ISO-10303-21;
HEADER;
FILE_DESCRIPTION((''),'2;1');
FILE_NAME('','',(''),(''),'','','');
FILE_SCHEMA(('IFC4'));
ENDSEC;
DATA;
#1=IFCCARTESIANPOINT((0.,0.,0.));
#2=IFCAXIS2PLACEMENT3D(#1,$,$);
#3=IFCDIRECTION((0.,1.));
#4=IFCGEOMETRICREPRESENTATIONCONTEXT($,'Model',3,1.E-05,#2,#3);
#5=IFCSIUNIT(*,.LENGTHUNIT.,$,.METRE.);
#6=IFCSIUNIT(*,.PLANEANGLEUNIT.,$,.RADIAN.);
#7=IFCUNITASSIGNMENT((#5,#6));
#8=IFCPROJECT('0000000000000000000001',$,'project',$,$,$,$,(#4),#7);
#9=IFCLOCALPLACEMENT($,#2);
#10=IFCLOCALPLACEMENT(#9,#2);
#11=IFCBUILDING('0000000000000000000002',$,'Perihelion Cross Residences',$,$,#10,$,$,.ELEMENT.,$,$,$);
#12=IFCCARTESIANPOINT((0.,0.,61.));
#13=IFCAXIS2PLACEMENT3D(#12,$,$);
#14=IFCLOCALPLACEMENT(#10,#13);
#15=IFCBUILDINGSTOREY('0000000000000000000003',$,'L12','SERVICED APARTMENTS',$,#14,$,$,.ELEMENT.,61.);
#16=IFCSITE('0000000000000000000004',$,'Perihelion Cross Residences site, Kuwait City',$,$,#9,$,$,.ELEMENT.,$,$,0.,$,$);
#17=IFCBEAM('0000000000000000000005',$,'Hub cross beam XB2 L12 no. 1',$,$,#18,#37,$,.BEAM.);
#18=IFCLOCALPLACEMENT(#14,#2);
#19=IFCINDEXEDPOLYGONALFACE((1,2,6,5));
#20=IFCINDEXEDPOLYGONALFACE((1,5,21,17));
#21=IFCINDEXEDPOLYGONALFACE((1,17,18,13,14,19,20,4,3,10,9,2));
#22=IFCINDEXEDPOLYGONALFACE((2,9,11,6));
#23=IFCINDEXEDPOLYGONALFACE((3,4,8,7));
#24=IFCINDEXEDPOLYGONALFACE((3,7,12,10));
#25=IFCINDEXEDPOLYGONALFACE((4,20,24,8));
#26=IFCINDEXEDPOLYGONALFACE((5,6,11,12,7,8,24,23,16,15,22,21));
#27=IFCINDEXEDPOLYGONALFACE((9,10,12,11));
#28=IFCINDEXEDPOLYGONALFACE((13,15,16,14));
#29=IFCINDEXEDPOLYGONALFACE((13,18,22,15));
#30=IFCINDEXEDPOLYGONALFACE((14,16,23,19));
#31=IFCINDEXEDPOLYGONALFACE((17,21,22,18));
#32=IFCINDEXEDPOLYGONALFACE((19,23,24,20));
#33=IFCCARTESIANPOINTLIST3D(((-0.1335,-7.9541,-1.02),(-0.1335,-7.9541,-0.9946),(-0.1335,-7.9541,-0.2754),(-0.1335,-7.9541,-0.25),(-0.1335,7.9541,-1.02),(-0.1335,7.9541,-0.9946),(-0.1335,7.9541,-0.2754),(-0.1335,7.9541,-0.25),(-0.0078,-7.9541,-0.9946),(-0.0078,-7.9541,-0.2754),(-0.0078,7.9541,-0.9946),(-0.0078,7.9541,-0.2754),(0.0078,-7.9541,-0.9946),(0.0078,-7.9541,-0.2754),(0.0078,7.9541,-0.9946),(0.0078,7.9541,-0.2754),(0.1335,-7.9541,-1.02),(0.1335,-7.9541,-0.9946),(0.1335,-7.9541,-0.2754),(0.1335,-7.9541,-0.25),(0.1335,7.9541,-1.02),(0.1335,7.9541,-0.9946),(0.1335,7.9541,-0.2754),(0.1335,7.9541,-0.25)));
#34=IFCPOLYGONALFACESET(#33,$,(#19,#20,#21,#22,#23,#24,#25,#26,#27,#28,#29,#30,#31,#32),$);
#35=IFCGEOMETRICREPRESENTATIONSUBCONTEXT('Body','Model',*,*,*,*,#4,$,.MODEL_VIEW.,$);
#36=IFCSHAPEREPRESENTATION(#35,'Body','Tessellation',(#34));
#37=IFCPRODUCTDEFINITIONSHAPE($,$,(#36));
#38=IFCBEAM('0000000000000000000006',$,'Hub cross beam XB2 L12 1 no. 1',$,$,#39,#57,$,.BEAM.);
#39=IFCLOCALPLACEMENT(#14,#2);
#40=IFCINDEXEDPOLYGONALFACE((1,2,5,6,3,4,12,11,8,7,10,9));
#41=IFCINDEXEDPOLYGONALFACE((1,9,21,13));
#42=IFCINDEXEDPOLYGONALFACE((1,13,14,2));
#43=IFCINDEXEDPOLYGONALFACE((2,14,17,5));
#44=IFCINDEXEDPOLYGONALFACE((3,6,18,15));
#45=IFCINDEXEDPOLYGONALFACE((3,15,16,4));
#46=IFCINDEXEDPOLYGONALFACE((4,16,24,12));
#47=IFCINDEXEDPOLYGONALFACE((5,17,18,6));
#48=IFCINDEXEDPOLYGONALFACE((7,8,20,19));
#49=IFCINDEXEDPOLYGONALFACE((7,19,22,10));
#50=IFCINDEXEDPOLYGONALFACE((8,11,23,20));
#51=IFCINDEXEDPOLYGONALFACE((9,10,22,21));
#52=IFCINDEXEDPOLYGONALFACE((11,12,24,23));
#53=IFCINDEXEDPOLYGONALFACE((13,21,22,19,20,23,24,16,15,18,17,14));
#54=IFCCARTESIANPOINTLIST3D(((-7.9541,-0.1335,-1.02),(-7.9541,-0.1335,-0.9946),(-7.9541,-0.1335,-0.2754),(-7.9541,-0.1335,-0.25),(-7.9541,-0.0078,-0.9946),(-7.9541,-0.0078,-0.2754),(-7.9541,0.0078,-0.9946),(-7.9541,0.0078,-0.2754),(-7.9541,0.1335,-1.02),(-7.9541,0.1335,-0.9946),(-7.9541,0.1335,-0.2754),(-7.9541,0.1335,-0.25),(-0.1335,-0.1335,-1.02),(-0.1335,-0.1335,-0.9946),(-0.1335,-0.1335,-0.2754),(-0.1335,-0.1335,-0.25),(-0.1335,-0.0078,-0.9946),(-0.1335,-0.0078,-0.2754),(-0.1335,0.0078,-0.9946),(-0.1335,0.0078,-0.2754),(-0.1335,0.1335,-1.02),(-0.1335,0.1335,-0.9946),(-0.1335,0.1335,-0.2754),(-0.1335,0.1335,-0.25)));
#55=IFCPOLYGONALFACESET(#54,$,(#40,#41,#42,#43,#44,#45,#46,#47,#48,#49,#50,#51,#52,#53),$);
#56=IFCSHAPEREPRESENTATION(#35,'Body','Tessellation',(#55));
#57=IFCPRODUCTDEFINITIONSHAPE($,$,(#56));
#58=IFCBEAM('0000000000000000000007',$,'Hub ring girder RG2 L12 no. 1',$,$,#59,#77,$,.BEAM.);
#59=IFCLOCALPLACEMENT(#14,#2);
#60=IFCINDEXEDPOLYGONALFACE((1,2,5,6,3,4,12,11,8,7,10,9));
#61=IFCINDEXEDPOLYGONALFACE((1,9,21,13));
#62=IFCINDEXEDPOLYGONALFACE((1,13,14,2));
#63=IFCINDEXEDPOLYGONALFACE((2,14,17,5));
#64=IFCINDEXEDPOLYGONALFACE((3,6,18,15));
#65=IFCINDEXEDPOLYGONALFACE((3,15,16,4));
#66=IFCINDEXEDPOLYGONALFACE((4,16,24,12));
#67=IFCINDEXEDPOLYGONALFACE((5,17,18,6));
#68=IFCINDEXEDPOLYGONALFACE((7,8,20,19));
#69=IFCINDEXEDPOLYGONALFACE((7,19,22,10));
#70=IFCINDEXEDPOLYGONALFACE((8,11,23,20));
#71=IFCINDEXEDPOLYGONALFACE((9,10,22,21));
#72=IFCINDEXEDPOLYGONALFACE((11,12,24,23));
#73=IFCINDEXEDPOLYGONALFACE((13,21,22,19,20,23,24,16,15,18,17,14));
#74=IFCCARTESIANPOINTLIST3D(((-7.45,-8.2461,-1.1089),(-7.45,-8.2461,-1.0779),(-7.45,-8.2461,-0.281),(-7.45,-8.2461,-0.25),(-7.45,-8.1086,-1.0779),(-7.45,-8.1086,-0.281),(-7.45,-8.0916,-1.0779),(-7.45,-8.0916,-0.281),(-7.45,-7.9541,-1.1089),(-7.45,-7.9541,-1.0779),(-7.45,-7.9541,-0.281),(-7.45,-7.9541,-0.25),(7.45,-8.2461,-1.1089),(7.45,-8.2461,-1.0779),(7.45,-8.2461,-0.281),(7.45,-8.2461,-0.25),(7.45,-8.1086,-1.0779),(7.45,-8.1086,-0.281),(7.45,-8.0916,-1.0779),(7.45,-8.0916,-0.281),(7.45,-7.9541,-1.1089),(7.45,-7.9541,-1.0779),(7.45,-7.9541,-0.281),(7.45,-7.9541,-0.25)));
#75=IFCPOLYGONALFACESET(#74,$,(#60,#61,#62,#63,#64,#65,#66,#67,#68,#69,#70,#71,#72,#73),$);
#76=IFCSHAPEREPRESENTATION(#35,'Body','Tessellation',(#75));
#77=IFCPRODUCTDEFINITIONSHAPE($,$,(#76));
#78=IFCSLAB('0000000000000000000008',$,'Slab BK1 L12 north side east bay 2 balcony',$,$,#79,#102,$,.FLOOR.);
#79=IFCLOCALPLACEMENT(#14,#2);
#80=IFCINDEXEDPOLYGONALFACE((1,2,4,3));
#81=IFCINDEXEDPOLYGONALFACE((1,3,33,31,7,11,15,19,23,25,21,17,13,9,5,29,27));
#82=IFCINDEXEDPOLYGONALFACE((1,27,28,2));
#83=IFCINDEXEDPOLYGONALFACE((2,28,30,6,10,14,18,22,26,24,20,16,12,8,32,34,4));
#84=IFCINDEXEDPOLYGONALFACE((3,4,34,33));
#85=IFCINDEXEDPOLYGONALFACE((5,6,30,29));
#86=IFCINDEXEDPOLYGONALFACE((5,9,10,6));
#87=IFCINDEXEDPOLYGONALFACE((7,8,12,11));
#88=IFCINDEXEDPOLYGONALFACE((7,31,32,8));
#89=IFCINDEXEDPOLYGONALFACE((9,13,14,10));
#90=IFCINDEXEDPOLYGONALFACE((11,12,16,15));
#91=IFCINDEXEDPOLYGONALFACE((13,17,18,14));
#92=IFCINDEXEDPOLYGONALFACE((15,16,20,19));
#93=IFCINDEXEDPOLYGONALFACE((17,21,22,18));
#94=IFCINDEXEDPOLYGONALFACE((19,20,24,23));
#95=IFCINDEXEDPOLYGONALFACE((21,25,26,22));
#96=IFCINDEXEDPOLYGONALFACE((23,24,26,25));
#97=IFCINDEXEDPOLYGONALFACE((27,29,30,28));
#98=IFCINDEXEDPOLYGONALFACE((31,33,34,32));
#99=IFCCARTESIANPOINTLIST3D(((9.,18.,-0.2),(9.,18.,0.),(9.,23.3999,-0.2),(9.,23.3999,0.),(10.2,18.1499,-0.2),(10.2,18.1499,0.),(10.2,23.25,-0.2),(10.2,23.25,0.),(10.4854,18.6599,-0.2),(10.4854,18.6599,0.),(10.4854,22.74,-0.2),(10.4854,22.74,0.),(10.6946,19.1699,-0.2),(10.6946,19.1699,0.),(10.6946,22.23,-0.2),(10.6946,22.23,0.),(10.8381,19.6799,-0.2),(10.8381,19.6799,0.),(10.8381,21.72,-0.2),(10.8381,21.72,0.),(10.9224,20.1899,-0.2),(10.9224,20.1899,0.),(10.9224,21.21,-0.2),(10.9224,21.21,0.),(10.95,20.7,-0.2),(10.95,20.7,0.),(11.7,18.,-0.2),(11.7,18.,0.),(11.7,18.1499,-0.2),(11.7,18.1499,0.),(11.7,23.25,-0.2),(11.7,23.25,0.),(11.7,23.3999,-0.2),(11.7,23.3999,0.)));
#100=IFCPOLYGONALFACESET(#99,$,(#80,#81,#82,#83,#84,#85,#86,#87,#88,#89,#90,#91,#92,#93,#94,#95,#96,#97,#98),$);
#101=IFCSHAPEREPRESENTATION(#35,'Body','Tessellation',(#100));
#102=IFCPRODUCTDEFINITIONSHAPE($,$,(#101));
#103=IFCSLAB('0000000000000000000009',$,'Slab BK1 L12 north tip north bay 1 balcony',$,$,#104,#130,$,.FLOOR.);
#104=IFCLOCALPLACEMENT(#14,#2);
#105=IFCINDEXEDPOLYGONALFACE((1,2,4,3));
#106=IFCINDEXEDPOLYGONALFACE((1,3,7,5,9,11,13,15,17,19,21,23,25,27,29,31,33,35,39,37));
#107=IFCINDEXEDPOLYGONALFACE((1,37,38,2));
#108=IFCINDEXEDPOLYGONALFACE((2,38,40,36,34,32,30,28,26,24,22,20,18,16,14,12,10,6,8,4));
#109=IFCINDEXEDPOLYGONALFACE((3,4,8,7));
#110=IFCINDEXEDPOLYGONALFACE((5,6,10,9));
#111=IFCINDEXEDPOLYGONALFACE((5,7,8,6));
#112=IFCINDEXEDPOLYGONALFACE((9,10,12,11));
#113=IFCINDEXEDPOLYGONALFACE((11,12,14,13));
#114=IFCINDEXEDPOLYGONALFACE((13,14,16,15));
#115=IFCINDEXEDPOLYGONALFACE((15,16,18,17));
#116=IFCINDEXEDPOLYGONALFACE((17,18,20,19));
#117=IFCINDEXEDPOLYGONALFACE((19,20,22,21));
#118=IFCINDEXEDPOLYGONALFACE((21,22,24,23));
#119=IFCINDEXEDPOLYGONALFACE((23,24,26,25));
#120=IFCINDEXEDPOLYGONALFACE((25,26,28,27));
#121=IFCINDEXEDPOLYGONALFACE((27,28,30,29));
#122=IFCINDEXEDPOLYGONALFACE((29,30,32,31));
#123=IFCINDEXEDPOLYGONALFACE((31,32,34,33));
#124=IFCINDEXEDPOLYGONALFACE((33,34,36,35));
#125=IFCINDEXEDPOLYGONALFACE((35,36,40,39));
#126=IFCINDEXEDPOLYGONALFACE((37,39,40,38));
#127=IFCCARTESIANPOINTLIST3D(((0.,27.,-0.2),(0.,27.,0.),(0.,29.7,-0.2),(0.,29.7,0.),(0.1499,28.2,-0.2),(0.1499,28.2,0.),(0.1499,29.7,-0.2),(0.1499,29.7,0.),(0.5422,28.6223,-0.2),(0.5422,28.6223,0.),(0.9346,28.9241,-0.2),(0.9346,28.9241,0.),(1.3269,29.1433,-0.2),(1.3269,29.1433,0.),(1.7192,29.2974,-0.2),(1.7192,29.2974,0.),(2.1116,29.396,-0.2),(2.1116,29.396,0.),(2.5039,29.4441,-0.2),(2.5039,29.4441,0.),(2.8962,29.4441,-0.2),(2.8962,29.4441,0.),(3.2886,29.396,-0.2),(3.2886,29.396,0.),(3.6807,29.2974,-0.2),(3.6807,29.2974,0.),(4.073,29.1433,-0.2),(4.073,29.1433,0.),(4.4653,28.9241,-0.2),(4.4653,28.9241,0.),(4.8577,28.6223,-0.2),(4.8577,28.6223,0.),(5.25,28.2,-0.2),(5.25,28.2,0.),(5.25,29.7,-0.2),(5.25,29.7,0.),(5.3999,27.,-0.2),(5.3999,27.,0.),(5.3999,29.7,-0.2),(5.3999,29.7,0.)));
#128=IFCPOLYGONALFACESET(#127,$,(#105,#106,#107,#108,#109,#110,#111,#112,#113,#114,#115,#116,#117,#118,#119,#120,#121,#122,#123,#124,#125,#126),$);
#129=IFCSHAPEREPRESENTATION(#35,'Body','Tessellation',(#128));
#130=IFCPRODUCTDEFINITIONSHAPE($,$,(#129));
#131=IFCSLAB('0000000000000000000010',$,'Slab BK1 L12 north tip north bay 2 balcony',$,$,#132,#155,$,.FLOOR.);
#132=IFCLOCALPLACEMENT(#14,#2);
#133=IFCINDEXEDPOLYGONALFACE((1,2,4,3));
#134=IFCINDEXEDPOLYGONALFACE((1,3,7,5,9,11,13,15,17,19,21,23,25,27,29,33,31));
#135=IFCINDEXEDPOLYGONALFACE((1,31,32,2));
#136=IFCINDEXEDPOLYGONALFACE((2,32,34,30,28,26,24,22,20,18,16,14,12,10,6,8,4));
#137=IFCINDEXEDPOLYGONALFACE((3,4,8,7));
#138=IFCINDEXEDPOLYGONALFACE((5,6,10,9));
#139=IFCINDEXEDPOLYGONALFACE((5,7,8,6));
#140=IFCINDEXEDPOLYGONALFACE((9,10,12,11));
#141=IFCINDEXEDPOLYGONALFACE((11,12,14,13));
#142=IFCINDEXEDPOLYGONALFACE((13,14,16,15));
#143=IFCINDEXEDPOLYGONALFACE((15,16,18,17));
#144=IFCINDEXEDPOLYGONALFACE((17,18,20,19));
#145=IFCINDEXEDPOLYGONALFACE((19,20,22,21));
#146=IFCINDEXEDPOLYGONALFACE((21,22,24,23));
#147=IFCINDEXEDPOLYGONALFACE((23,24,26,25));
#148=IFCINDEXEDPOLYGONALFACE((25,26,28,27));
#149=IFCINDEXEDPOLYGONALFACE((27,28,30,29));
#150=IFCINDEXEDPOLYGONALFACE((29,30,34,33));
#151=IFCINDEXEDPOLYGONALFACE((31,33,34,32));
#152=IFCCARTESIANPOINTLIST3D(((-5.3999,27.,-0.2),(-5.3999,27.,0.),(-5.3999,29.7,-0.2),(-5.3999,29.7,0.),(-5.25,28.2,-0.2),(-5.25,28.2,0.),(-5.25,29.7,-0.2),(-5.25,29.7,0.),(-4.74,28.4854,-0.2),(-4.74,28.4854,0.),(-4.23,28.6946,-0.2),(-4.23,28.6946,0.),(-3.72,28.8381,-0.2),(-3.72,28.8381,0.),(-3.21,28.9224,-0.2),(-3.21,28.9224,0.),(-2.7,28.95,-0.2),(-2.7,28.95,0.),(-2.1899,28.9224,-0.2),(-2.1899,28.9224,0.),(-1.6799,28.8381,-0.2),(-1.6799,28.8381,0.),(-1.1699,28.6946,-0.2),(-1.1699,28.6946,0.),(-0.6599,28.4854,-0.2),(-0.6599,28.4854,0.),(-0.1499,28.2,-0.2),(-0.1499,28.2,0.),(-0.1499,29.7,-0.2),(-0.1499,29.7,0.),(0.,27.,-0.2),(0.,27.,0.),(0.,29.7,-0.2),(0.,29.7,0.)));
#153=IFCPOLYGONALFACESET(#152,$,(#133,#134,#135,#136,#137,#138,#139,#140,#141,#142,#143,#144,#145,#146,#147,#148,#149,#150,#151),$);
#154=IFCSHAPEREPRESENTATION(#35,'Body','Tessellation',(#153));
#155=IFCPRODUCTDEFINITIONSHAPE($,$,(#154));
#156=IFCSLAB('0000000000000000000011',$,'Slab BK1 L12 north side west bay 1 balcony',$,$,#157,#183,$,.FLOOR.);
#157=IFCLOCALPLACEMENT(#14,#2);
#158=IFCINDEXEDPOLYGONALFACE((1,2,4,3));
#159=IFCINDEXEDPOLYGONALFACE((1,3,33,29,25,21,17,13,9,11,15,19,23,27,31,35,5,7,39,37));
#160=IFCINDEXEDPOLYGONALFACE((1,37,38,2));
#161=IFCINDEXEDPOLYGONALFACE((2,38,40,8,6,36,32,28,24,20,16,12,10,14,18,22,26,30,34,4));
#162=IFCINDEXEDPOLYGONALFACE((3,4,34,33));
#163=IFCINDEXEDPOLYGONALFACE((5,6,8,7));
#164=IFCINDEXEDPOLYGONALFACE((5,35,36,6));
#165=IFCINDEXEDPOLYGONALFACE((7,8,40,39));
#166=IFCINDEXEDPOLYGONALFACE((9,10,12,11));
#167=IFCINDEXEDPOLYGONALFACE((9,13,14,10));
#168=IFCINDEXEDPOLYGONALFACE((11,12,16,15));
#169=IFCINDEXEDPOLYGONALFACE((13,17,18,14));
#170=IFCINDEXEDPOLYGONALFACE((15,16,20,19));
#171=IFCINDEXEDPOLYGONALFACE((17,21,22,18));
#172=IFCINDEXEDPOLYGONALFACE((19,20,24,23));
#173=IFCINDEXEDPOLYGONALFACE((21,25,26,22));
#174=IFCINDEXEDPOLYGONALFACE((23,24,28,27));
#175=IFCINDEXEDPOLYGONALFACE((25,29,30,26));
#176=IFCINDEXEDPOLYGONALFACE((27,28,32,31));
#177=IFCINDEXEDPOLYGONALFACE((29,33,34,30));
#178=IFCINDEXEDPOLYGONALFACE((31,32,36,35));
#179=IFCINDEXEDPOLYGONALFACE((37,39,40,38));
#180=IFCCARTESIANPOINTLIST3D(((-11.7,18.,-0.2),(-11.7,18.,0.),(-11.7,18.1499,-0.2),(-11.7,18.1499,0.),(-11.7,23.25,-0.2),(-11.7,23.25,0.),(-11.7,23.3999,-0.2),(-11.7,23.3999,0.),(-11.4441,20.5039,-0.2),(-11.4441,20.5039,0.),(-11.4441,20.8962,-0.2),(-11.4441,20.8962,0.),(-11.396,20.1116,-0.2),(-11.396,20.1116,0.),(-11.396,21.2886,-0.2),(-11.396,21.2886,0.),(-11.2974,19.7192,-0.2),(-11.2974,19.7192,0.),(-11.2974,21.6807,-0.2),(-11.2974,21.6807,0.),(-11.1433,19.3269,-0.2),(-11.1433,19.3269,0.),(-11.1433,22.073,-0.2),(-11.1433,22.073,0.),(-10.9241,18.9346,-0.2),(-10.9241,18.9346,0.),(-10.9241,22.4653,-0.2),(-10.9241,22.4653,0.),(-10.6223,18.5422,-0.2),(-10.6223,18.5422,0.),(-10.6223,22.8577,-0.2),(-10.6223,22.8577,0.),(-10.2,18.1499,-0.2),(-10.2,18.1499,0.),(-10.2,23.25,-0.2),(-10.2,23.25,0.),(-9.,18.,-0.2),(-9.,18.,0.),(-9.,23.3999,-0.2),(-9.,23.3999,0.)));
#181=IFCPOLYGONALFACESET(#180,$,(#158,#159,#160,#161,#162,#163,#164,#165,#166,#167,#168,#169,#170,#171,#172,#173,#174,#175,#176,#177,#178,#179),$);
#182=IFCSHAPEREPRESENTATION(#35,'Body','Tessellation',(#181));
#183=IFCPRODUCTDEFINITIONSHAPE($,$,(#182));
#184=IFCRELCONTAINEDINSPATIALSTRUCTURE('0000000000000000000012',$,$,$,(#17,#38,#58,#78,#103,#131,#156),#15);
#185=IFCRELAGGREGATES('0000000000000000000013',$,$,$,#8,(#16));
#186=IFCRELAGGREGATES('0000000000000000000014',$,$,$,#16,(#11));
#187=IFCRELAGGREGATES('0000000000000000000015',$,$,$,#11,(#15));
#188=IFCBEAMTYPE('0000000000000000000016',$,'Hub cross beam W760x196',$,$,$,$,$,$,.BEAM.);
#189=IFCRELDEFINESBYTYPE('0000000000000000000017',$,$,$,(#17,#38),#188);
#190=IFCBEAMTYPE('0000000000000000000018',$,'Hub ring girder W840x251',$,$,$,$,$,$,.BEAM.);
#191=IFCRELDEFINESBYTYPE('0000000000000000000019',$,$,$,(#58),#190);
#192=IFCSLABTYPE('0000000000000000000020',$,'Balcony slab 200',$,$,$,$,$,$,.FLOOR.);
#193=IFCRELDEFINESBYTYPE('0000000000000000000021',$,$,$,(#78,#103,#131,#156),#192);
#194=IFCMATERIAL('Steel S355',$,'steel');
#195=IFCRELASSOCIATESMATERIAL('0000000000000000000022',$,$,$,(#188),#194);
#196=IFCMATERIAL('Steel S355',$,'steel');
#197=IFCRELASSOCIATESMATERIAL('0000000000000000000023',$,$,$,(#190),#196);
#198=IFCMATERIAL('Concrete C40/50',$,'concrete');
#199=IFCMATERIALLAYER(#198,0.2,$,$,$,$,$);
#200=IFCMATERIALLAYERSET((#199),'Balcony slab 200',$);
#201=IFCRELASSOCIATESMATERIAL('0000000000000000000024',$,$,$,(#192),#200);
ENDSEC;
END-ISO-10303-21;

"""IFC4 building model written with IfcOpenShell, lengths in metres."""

from ifc_helpers import new_model, si_unit, direction, frame, origin, origin_2d, place, context, subcontext, project, spatial, polyline, i_section, outline, extrude, material, layer, layer_set, material_profile, profile_set, type_object, element, save


model = new_model("IFC4")

# Units and contexts
model_context = context("Model", 3, precision=1e-05, world=origin(), true_north=direction((0.0, 1.0)))
body_context = subcontext(model_context, "Body", "Model", "MODEL_VIEW")
ifc_project = project(units=[si_unit("LENGTHUNIT", "METRE"), si_unit("PLANEANGLEUNIT", "RADIAN")], contexts=[model_context])

# Site, building, storey
site_placement = place(None, origin())
site = spatial("IfcSite", under=ifc_project, at=site_placement, Name="Perihelion Cross Residences site, Kuwait City", CompositionType="ELEMENT", RefElevation=0.0)
building_placement = place(site_placement, origin())
building = spatial("IfcBuilding", under=site, at=building_placement, Name="Perihelion Cross Residences", CompositionType="ELEMENT")
storey_placement = place(building_placement, frame((0.0, 0.0, 61.0)))
storey = spatial("IfcBuildingStorey", under=building, at=storey_placement, Name="L12", Description="SERVICED APARTMENTS", CompositionType="ELEMENT", Elevation=61.0)

# Beams
ifc_material_1 = material(Name="Steel S355", Category="steel")
ifc_material_profile_1 = material_profile(ifc_material_1, i_section(OverallWidth=0.2671, OverallDepth=0.77, WebThickness=0.0156, FlangeThickness=0.0254, at=origin_2d()), Name="W760x196")
ifc_profile_set_1 = profile_set([ifc_material_profile_1], Name="Steel S355")
beam_type_1 = type_object("IfcBeamType", Name="Hub cross beam W760x196", PredefinedType="BEAM", material=ifc_profile_set_1)
beam_1_placement = place(storey_placement, frame((0.0, -7.9541, -0.635), z_axis=(0.0, 1.0, 0.0), x_axis=(-1.0, 0.0, 0.0)))
element("IfcBeam", 1, at=beam_1_placement, inside=storey, type_object=beam_type_1, Name="Hub cross beam XB2 L12 no. 1", PredefinedType="BEAM", context=body_context, shape_type="SweptSolid", body=[
    extrude(i_section(OverallWidth=0.2671, OverallDepth=0.77, WebThickness=0.0156, FlangeThickness=0.0254, at=origin_2d()), origin(), (0.0, 0.0, 1.0), 15.9082),
])
beam_2_placement = place(storey_placement, frame((-7.9541, 0.0, -0.635), z_axis=(1.0, 0.0, 0.0), x_axis=(0.0, 1.0, 0.0)))
element("IfcBeam", 2, at=beam_2_placement, inside=storey, type_object=beam_type_1, Name="Hub cross beam XB2 L12 1 no. 1", PredefinedType="BEAM", context=body_context, shape_type="SweptSolid", body=[
    extrude(i_section(OverallWidth=0.2671, OverallDepth=0.77, WebThickness=0.0156, FlangeThickness=0.0254, at=origin_2d()), origin(), (0.0, 0.0, 1.0), 7.8206),
])
ifc_material_2 = material(Name="Steel S355", Category="steel")
ifc_material_profile_2 = material_profile(ifc_material_2, i_section(OverallWidth=0.292, OverallDepth=0.8589, WebThickness=0.0171, FlangeThickness=0.031, at=origin_2d()), Name="W840x251")
ifc_profile_set_2 = profile_set([ifc_material_profile_2], Name="Steel S355")
beam_type_2 = type_object("IfcBeamType", Name="Hub ring girder W840x251", PredefinedType="BEAM", material=ifc_profile_set_2)
beam_3_placement = place(storey_placement, frame((-7.45, -8.1001, -0.6794), z_axis=(1.0, 0.0, 0.0), x_axis=(0.0, 1.0, 0.0)))
element("IfcBeam", 3, at=beam_3_placement, inside=storey, type_object=beam_type_2, Name="Hub ring girder RG2 L12 no. 1", PredefinedType="BEAM", context=body_context, shape_type="SweptSolid", body=[
    extrude(i_section(OverallWidth=0.292, OverallDepth=0.8589, WebThickness=0.0171, FlangeThickness=0.031, at=origin_2d()), origin(), (0.0, 0.0, 1.0), 14.8999),
])

# Slabs
ifc_material_3 = material(Name="Concrete C40/50", Category="concrete")
ifc_layer_1 = layer(ifc_material_3, 0.2)
ifc_layer_set_1 = layer_set([ifc_layer_1], Name="Balcony slab 200")
slab_type_1 = type_object("IfcSlabType", Name="Balcony slab 200", PredefinedType="FLOOR", material=ifc_layer_set_1)
slab_1_placement = place(storey_placement, frame((0.0, 0.0, -0.2)))
element("IfcSlab", 4, at=slab_1_placement, inside=storey, type_object=slab_type_1, Name="Slab BK1 L12 north side east bay 2 balcony", PredefinedType="FLOOR", context=body_context, shape_type="SweptSolid", body=[
    extrude(outline(polyline([(9.0, 18.0), (9.0, 23.3999), (11.7, 23.3999), (11.7, 23.25), (10.2, 23.25), (10.4854, 22.74), (10.6946, 22.23), (10.8381, 21.72), (10.9224, 21.21), (10.95, 20.7), (10.9224, 20.1899), (10.8381, 19.6799), (10.6946, 19.1699), (10.4854, 18.6599), (10.2, 18.1499), (11.7, 18.1499), (11.7, 18.0), (9.0, 18.0)])), origin(), (0.0, 0.0, 1.0), 0.2),
])
slab_2_placement = place(storey_placement, frame((0.0, 0.0, -0.2)))
element("IfcSlab", 5, at=slab_2_placement, inside=storey, type_object=slab_type_1, Name="Slab BK1 L12 north tip north bay 1 balcony", PredefinedType="FLOOR", context=body_context, shape_type="SweptSolid", body=[
    extrude(outline(polyline([(5.3999, 27.0), (0.0, 27.0), (0.0, 29.7), (0.1499, 29.7), (0.1499, 28.2), (0.5422, 28.6223), (0.9346, 28.9241), (1.3269, 29.1433), (1.7192, 29.2974), (2.1116, 29.396), (2.5039, 29.4441), (2.8962, 29.4441), (3.2886, 29.396), (3.6807, 29.2974), (4.073, 29.1433), (4.4653, 28.9241), (4.8577, 28.6223), (5.25, 28.2), (5.25, 29.7), (5.3999, 29.7), (5.3999, 27.0)])), origin(), (0.0, 0.0, 1.0), 0.2),
])
slab_3_placement = place(storey_placement, frame((0.0, 0.0, -0.2)))
element("IfcSlab", 6, at=slab_3_placement, inside=storey, type_object=slab_type_1, Name="Slab BK1 L12 north tip north bay 2 balcony", PredefinedType="FLOOR", context=body_context, shape_type="SweptSolid", body=[
    extrude(outline(polyline([(0.0, 27.0), (-5.3999, 27.0), (-5.3999, 29.7), (-5.25, 29.7), (-5.25, 28.2), (-4.74, 28.4854), (-4.23, 28.6946), (-3.72, 28.8381), (-3.21, 28.9224), (-2.7, 28.95), (-2.1899, 28.9224), (-1.6799, 28.8381), (-1.1699, 28.6946), (-0.6599, 28.4854), (-0.1499, 28.2), (-0.1499, 29.7), (0.0, 29.7), (0.0, 27.0)])), origin(), (0.0, 0.0, 1.0), 0.2),
])
slab_4_placement = place(storey_placement, frame((0.0, 0.0, -0.2)))
element("IfcSlab", 7, at=slab_4_placement, inside=storey, type_object=slab_type_1, Name="Slab BK1 L12 north side west bay 1 balcony", PredefinedType="FLOOR", context=body_context, shape_type="SweptSolid", body=[
    extrude(outline(polyline([(-9.0, 23.3999), (-9.0, 18.0), (-11.7, 18.0), (-11.7, 18.1499), (-10.2, 18.1499), (-10.6223, 18.5422), (-10.9241, 18.9346), (-11.1433, 19.3269), (-11.2974, 19.7192), (-11.396, 20.1116), (-11.4441, 20.5039), (-11.4441, 20.8962), (-11.396, 21.2886), (-11.2974, 21.6807), (-11.1433, 22.073), (-10.9241, 22.4653), (-10.6223, 22.8577), (-10.2, 23.25), (-11.7, 23.25), (-11.7, 23.3999), (-9.0, 23.3999)])), origin(), (0.0, 0.0, 1.0), 0.2),
])

save(model, "model.ifc")
